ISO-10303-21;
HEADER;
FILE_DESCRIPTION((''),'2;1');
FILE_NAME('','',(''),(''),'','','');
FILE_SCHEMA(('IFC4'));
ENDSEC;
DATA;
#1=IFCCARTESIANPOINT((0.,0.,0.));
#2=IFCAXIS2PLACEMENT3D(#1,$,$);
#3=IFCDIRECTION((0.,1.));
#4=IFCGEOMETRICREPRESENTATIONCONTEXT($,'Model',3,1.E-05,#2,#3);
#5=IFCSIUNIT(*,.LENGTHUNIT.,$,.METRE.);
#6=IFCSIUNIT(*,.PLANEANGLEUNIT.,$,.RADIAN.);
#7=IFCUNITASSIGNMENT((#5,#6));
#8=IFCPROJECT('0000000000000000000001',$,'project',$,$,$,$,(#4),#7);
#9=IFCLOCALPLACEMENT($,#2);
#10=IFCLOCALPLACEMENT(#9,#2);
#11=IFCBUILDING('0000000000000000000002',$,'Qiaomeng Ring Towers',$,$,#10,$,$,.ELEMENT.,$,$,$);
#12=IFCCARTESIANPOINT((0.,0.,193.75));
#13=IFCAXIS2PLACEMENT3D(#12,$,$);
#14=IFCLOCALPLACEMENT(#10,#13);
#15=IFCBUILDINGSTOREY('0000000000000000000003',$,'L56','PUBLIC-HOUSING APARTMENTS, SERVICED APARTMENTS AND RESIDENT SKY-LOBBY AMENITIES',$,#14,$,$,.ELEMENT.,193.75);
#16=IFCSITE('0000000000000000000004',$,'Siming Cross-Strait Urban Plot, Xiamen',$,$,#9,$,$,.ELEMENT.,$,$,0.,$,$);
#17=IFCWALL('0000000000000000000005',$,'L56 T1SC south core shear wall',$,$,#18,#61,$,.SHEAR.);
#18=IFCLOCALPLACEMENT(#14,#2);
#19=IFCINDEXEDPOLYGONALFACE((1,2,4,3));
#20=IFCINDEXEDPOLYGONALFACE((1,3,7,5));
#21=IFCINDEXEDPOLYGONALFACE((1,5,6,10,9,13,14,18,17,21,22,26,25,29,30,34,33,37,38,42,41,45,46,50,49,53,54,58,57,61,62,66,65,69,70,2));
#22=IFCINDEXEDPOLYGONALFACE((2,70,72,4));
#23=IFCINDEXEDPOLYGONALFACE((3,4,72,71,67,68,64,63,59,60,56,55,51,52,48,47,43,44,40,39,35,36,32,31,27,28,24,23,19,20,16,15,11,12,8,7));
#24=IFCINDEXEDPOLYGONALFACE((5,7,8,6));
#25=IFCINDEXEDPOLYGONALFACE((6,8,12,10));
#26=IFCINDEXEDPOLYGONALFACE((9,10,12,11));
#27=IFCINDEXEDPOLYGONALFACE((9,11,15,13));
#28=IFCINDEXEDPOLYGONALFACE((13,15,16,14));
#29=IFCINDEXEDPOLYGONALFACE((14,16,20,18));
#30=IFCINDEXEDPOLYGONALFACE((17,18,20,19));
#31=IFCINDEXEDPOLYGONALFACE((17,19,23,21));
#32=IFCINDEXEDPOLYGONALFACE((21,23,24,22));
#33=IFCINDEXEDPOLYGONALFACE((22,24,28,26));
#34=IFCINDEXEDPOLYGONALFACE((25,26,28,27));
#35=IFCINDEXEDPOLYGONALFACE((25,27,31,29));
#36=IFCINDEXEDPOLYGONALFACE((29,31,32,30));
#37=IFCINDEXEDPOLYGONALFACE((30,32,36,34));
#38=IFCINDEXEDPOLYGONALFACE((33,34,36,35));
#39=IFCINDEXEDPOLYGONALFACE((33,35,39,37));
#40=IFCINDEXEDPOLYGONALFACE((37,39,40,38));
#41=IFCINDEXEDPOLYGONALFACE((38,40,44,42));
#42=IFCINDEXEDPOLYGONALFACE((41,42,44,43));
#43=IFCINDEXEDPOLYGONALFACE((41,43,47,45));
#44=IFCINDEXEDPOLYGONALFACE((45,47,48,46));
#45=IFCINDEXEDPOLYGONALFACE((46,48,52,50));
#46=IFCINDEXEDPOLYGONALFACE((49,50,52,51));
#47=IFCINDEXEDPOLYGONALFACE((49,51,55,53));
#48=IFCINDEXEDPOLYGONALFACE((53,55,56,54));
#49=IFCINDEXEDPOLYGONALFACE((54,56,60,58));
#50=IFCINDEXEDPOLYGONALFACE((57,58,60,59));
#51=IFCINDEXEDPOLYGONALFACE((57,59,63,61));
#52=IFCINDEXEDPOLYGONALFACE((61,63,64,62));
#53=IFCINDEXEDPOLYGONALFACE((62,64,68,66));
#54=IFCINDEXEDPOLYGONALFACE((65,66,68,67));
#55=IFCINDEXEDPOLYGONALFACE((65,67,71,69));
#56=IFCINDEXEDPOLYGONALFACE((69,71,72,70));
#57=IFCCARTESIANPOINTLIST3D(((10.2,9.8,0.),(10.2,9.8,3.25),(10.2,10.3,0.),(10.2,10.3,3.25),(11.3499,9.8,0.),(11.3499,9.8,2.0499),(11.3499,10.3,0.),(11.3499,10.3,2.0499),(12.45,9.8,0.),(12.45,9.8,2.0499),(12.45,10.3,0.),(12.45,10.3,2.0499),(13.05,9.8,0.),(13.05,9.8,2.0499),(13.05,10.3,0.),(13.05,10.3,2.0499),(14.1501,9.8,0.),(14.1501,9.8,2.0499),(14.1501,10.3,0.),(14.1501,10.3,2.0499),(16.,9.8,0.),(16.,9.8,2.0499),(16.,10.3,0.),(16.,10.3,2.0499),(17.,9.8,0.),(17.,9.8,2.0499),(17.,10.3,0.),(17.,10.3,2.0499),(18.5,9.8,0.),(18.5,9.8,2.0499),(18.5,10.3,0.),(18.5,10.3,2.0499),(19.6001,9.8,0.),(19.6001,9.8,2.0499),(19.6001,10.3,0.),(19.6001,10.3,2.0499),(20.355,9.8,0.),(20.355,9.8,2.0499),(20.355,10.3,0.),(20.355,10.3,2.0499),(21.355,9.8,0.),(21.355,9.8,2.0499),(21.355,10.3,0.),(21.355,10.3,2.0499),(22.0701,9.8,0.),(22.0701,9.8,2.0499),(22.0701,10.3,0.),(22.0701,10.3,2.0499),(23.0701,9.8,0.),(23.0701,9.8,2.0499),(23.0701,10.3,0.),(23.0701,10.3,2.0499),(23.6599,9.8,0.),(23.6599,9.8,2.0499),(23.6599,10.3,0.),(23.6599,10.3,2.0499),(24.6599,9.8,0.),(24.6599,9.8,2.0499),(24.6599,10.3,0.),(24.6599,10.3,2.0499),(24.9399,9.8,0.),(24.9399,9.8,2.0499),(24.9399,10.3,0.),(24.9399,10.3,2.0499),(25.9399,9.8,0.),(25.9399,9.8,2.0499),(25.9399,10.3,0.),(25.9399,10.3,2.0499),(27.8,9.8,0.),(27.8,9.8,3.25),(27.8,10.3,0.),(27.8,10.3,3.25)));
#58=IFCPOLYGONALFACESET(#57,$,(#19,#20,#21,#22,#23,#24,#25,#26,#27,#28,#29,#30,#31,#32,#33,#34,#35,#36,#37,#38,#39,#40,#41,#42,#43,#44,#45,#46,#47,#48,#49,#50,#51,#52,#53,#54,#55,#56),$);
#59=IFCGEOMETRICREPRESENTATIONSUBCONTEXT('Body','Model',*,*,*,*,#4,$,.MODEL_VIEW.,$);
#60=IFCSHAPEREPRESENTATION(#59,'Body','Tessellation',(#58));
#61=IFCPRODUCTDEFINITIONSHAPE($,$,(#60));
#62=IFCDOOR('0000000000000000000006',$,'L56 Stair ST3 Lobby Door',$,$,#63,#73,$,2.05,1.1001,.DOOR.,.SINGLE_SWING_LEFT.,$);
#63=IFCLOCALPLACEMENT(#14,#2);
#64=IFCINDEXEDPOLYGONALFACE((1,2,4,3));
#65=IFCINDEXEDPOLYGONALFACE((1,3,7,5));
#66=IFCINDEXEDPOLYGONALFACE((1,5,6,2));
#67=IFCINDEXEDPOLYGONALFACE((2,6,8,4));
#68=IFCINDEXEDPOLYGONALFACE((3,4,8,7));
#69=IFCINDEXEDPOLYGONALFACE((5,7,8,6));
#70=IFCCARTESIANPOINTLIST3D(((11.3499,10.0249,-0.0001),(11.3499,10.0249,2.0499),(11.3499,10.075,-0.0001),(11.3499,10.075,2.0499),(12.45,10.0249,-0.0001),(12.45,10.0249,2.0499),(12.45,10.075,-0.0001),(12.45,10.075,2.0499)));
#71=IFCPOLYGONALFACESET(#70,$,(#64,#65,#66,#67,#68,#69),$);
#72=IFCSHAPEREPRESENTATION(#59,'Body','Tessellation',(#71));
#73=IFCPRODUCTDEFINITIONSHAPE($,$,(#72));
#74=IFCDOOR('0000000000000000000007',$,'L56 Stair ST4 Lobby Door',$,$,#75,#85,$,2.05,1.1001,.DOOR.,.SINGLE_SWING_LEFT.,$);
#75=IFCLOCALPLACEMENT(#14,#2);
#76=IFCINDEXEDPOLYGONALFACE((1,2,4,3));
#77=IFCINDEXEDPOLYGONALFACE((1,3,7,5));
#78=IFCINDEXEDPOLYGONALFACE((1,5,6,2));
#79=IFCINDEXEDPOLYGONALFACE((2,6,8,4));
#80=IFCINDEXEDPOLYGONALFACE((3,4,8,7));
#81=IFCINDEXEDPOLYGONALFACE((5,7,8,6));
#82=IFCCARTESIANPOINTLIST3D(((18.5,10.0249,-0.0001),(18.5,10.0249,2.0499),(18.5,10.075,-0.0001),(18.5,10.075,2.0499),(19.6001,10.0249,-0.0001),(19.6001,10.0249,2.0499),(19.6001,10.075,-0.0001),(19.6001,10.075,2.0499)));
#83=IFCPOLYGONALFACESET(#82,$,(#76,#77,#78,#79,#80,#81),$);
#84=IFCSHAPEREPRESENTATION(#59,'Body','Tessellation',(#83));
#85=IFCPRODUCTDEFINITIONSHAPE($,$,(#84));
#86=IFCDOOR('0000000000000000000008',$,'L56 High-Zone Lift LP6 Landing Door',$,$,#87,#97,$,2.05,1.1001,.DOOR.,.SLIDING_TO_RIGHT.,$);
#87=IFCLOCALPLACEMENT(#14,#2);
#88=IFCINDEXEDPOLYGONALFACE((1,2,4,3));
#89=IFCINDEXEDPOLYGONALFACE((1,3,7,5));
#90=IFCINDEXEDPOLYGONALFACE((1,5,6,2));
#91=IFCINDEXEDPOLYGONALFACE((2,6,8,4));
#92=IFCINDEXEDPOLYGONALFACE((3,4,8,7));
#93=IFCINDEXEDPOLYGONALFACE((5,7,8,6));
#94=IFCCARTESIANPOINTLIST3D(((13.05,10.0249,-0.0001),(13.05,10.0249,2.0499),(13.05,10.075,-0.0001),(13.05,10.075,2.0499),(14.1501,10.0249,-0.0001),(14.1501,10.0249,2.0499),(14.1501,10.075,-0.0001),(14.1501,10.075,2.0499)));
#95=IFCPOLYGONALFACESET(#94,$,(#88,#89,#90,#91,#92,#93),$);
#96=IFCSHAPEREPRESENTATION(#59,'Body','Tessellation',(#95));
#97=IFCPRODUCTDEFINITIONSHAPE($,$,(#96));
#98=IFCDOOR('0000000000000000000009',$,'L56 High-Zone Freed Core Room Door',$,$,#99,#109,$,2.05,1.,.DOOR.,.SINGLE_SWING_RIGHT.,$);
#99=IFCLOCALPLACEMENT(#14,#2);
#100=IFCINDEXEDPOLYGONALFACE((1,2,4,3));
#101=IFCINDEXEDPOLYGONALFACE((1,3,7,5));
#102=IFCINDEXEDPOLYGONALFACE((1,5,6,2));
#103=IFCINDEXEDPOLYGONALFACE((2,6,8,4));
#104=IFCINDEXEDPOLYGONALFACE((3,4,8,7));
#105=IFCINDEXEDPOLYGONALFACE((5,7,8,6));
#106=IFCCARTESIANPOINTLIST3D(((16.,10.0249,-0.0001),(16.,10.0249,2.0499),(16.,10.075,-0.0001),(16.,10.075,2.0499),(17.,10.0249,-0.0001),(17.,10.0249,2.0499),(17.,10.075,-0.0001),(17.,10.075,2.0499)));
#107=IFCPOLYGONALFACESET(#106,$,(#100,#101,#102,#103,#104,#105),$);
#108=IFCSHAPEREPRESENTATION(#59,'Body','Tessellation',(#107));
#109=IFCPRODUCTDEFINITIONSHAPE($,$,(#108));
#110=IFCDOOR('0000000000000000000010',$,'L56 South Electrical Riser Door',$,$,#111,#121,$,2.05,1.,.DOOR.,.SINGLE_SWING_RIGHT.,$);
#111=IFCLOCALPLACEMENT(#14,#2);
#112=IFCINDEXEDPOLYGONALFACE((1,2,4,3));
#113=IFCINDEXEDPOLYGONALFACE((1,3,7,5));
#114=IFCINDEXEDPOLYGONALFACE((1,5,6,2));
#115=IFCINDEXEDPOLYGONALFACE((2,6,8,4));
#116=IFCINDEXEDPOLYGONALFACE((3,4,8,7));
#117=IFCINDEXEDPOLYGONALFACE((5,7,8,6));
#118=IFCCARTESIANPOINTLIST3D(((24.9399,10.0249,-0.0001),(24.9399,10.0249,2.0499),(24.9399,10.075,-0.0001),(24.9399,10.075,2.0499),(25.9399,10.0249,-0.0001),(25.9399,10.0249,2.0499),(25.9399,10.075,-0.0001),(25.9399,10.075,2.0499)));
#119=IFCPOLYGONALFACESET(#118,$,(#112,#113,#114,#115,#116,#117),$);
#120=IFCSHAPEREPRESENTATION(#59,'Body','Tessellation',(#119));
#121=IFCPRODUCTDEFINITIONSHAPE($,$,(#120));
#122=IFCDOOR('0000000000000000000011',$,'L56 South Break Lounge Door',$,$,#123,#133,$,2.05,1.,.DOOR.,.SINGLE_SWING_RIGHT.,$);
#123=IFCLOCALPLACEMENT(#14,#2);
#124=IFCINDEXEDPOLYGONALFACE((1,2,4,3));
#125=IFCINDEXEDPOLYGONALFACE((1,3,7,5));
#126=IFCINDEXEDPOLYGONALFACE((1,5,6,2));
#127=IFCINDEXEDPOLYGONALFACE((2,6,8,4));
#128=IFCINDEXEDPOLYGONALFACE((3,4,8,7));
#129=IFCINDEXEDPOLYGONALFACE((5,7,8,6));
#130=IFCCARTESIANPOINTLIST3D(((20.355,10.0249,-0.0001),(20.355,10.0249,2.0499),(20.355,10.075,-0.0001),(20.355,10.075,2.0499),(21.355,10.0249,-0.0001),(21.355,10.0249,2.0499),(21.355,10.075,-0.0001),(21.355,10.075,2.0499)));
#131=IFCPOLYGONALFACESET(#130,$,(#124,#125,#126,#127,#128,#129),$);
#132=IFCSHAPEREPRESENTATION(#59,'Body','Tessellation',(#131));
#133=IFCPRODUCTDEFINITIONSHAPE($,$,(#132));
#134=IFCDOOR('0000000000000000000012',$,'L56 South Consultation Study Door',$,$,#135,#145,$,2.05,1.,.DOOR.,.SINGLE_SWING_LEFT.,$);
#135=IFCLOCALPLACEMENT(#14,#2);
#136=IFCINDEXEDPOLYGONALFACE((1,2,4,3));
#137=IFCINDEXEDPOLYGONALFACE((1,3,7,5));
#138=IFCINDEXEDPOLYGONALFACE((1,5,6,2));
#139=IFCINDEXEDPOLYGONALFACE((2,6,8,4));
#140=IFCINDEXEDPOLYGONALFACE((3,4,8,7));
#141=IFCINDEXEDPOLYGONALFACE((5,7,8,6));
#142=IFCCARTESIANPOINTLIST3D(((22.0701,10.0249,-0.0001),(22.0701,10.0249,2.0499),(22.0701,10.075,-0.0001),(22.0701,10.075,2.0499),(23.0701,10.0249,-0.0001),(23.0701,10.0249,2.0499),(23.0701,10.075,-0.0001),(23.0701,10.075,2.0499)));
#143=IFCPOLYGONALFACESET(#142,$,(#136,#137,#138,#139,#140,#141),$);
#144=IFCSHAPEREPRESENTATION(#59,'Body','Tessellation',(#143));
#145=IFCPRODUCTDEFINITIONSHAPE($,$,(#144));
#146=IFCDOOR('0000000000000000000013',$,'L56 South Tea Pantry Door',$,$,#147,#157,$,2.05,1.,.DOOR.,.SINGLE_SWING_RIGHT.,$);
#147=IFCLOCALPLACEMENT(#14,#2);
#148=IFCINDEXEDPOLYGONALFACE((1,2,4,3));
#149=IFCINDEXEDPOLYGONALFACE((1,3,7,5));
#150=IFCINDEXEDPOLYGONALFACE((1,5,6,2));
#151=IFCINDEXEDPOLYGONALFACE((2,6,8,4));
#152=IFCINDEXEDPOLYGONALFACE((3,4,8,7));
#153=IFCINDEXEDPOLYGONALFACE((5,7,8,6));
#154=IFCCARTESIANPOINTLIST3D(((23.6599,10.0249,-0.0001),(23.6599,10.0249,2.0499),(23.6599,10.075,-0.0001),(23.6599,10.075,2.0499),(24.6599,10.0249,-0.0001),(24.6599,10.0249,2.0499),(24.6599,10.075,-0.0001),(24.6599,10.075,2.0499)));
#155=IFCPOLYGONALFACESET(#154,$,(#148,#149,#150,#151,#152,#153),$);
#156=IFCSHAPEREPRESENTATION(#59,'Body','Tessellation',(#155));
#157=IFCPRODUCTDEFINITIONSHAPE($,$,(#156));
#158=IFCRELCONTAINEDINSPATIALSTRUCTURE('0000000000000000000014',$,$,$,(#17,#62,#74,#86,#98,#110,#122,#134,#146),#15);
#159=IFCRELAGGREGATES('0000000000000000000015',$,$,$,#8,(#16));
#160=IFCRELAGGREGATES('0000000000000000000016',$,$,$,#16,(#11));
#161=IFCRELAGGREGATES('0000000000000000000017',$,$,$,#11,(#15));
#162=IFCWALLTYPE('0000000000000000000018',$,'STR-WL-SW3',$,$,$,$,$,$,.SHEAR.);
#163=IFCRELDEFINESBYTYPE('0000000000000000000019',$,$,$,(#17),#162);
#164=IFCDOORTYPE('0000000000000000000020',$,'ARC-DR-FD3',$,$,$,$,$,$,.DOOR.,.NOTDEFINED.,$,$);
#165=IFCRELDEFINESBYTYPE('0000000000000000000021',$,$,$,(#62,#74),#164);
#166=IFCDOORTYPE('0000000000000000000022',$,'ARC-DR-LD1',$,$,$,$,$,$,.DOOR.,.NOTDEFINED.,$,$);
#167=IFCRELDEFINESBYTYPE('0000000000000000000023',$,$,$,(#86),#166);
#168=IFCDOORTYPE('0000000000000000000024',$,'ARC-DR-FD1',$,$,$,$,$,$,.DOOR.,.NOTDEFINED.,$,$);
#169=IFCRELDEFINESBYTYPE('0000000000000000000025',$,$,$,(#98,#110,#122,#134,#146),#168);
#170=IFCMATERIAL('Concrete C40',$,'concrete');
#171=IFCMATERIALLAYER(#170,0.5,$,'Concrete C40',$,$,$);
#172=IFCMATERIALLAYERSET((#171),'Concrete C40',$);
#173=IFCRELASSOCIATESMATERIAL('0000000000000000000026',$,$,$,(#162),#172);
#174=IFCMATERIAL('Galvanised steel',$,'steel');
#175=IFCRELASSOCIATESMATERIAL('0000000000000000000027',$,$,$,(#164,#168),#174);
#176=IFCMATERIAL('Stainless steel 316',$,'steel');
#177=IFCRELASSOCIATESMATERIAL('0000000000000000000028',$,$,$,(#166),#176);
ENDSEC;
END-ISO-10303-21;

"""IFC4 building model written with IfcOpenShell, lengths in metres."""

from ifc_helpers import new_model, si_unit, direction, frame, frame_2d, origin, place, context, subcontext, project, spatial, rectangle, extrude, source, transform, mapped, material, layer, layer_set, type_object, element, fill, save


model = new_model("IFC4")

# Units and contexts
model_context = context("Model", 3, precision=1e-05, world=origin(), true_north=direction((0.0, 1.0)))
body_context = subcontext(model_context, "Body", "Model", "MODEL_VIEW")
ifc_project = project(units=[si_unit("LENGTHUNIT", "METRE"), si_unit("PLANEANGLEUNIT", "RADIAN")], contexts=[model_context])

# Site, building, storey
site_placement = place(None, origin())
site = spatial("IfcSite", under=ifc_project, at=site_placement, Name="Siming Cross-Strait Urban Plot, Xiamen", CompositionType="ELEMENT", RefElevation=0.0)
building_placement = place(site_placement, origin())
building = spatial("IfcBuilding", under=site, at=building_placement, Name="Qiaomeng Ring Towers", CompositionType="ELEMENT")
storey_placement = place(building_placement, frame((0.0, 0.0, 193.75)))
storey = spatial("IfcBuildingStorey", under=building, at=storey_placement, Name="L56", Description="PUBLIC-HOUSING APARTMENTS, SERVICED APARTMENTS AND RESIDENT SKY-LOBBY AMENITIES", CompositionType="ELEMENT", Elevation=193.75)

# Shared definitions
shared_shape_1 = source(origin(), body_context, "Body", "SweptSolid", [
    extrude(rectangle(XDim=1.0, YDim=2.05, at=frame_2d((0.5, 1.0249))), frame((0.0, 0.0249, 0.0), z_axis=(0.0, -1.0, 0.0), x_axis=(1.0, 0.0, 0.0)), (0.0, 0.0, 1.0), 0.05),
])

# Shared definitions
ifc_material_1 = material(Name="Concrete C40", Category="concrete")

# Wall, openings, doors
ifc_layer_1 = layer(ifc_material_1, 0.5, Name="Concrete C40")
ifc_layer_set_1 = layer_set([ifc_layer_1], Name="Concrete C40")
wall_type_1 = type_object("IfcWallType", Name="STR-WL-SW3", PredefinedType="SHEAR", material=ifc_layer_set_1)
wall_1_placement = place(storey_placement, frame((10.2, 10.05, 0.0), z_axis=(0.0, 0.0, 1.0), x_axis=(1.0, 0.0, 0.0)))
wall_1 = element("IfcWall", 1, at=wall_1_placement, inside=storey, type_object=wall_type_1, Name="L56 T1SC south core shear wall", PredefinedType="SHEAR", context=body_context, shape_type="SweptSolid", body=[
    extrude(rectangle(XDim=17.6001, YDim=0.5, at=frame_2d((8.8, 0.0))), origin(), (0.0, 0.0, 1.0), 3.25),
])
opening_1_placement = place(wall_1_placement, frame((1.1499, 0.0, 0.0)))
opening_1 = element("IfcOpeningElement", 2, at=opening_1_placement, cuts=wall_1, PredefinedType="OPENING", context=body_context, shape_type="SweptSolid", body=[
    extrude(rectangle(XDim=1.1001, YDim=2.05, at=frame_2d((0.55, 1.0249))), frame((0.0, 0.26, 0.0), z_axis=(0.0, -1.0, 0.0), x_axis=(1.0, 0.0, 0.0)), (0.0, 0.0, 1.0), 0.52),
])
opening_2_placement = place(wall_1_placement, frame((8.3, 0.0, 0.0)))
opening_2 = element("IfcOpeningElement", 3, at=opening_2_placement, cuts=wall_1, PredefinedType="OPENING", context=body_context, shape_type="SweptSolid", body=[
    extrude(rectangle(XDim=1.1001, YDim=2.05, at=frame_2d((0.55, 1.0249))), frame((0.0, 0.26, 0.0), z_axis=(0.0, -1.0, 0.0), x_axis=(1.0, 0.0, 0.0)), (0.0, 0.0, 1.0), 0.52),
])
opening_3_placement = place(wall_1_placement, frame((2.8501, 0.0, 0.0)))
opening_3 = element("IfcOpeningElement", 4, at=opening_3_placement, cuts=wall_1, PredefinedType="OPENING", context=body_context, shape_type="SweptSolid", body=[
    extrude(rectangle(XDim=1.1001, YDim=2.05, at=frame_2d((0.55, 1.0249))), frame((0.0, 0.26, 0.0), z_axis=(0.0, -1.0, 0.0), x_axis=(1.0, 0.0, 0.0)), (0.0, 0.0, 1.0), 0.52),
])
opening_4_placement = place(wall_1_placement, frame((5.8, 0.0, 0.0)))
opening_4 = element("IfcOpeningElement", 5, at=opening_4_placement, cuts=wall_1, PredefinedType="OPENING", context=body_context, shape_type="SweptSolid", body=[
    extrude(rectangle(XDim=1.0, YDim=2.05, at=frame_2d((0.5, 1.0249))), frame((0.0, 0.26, 0.0), z_axis=(0.0, -1.0, 0.0), x_axis=(1.0, 0.0, 0.0)), (0.0, 0.0, 1.0), 0.52),
])
opening_5_placement = place(wall_1_placement, frame((14.74, 0.0, 0.0)))
opening_5 = element("IfcOpeningElement", 6, at=opening_5_placement, cuts=wall_1, PredefinedType="OPENING", context=body_context, shape_type="SweptSolid", body=[
    extrude(rectangle(XDim=1.0, YDim=2.05, at=frame_2d((0.5, 1.0249))), frame((0.0, 0.26, 0.0), z_axis=(0.0, -1.0, 0.0), x_axis=(1.0, 0.0, 0.0)), (0.0, 0.0, 1.0), 0.52),
])
opening_6_placement = place(wall_1_placement, frame((10.155, 0.0, 0.0)))
opening_6 = element("IfcOpeningElement", 7, at=opening_6_placement, cuts=wall_1, PredefinedType="OPENING", context=body_context, shape_type="SweptSolid", body=[
    extrude(rectangle(XDim=1.0, YDim=2.05, at=frame_2d((0.5, 1.0249))), frame((0.0, 0.26, 0.0), z_axis=(0.0, -1.0, 0.0), x_axis=(1.0, 0.0, 0.0)), (0.0, 0.0, 1.0), 0.52),
])
opening_7_placement = place(wall_1_placement, frame((11.8701, 0.0, 0.0)))
opening_7 = element("IfcOpeningElement", 8, at=opening_7_placement, cuts=wall_1, PredefinedType="OPENING", context=body_context, shape_type="SweptSolid", body=[
    extrude(rectangle(XDim=1.0, YDim=2.05, at=frame_2d((0.5, 1.0249))), frame((0.0, 0.26, 0.0), z_axis=(0.0, -1.0, 0.0), x_axis=(1.0, 0.0, 0.0)), (0.0, 0.0, 1.0), 0.52),
])
opening_8_placement = place(wall_1_placement, frame((13.46, 0.0, 0.0)))
opening_8 = element("IfcOpeningElement", 9, at=opening_8_placement, cuts=wall_1, PredefinedType="OPENING", context=body_context, shape_type="SweptSolid", body=[
    extrude(rectangle(XDim=1.0, YDim=2.05, at=frame_2d((0.5, 1.0249))), frame((0.0, 0.26, 0.0), z_axis=(0.0, -1.0, 0.0), x_axis=(1.0, 0.0, 0.0)), (0.0, 0.0, 1.0), 0.52),
])
ifc_material_2 = material(Name="Galvanised steel", Category="steel")
door_type_1 = type_object("IfcDoorType", Name="ARC-DR-FD3", OperationType="NOTDEFINED", PredefinedType="DOOR", material=ifc_material_2)
shared_shape_2 = source(origin(), body_context, "Body", "SweptSolid", [
    extrude(rectangle(XDim=1.1001, YDim=2.05, at=frame_2d((0.55, 1.0249))), frame((0.0, 0.0249, 0.0), z_axis=(0.0, -1.0, 0.0), x_axis=(1.0, 0.0, 0.0)), (0.0, 0.0, 1.0), 0.05),
])
door_1_placement = place(opening_1_placement, origin())
door_1 = element("IfcDoor", 10, at=door_1_placement, inside=storey, type_object=door_type_1, Name="L56 Stair ST3 Lobby Door", OperationType="SINGLE_SWING_LEFT", OverallHeight=2.05, OverallWidth=1.1001, PredefinedType="DOOR", context=body_context, shape_type="MappedRepresentation", body=[
    mapped(shared_shape_2, transform((0.0, 0.0, 0.0), x_axis=(1.0, 0.0, 0.0), y_axis=(0.0, 1.0, 0.0), z_axis=(0.0, 0.0, 1.0), scale=1.0)),
])
fill(opening_1, door_1)
door_2_placement = place(opening_2_placement, origin())
door_2 = element("IfcDoor", 11, at=door_2_placement, inside=storey, type_object=door_type_1, Name="L56 Stair ST4 Lobby Door", OperationType="SINGLE_SWING_LEFT", OverallHeight=2.05, OverallWidth=1.1001, PredefinedType="DOOR", context=body_context, shape_type="MappedRepresentation", body=[
    mapped(shared_shape_2, transform((0.0, 0.0, 0.0), x_axis=(1.0, 0.0, 0.0), y_axis=(0.0, 1.0, 0.0), z_axis=(0.0, 0.0, 1.0), scale=1.0)),
])
fill(opening_2, door_2)
ifc_material_3 = material(Name="Stainless steel 316", Category="steel")
door_type_2 = type_object("IfcDoorType", Name="ARC-DR-LD1", OperationType="NOTDEFINED", PredefinedType="DOOR", material=ifc_material_3)
door_3_placement = place(opening_3_placement, origin())
door_3 = element("IfcDoor", 12, at=door_3_placement, inside=storey, type_object=door_type_2, Name="L56 High-Zone Lift LP6 Landing Door", OperationType="SLIDING_TO_RIGHT", OverallHeight=2.05, OverallWidth=1.1001, PredefinedType="DOOR", context=body_context, shape_type="MappedRepresentation", body=[
    mapped(shared_shape_2, transform((0.0, 0.0, 0.0), x_axis=(1.0, 0.0, 0.0), y_axis=(0.0, 1.0, 0.0), z_axis=(0.0, 0.0, 1.0), scale=1.0)),
])
fill(opening_3, door_3)
door_type_3 = type_object("IfcDoorType", Name="ARC-DR-FD1", OperationType="NOTDEFINED", PredefinedType="DOOR", material=ifc_material_2)
door_4_placement = place(opening_4_placement, origin())
door_4 = element("IfcDoor", 13, at=door_4_placement, inside=storey, type_object=door_type_3, Name="L56 High-Zone Freed Core Room Door", OperationType="SINGLE_SWING_RIGHT", OverallHeight=2.05, OverallWidth=1.0, PredefinedType="DOOR", context=body_context, shape_type="MappedRepresentation", body=[
    mapped(shared_shape_1, transform((0.0, 0.0, 0.0), x_axis=(1.0, 0.0, 0.0), y_axis=(0.0, 1.0, 0.0), z_axis=(0.0, 0.0, 1.0), scale=1.0)),
])
fill(opening_4, door_4)
door_5_placement = place(opening_5_placement, origin())
door_5 = element("IfcDoor", 14, at=door_5_placement, inside=storey, type_object=door_type_3, Name="L56 South Electrical Riser Door", OperationType="SINGLE_SWING_RIGHT", OverallHeight=2.05, OverallWidth=1.0, PredefinedType="DOOR", context=body_context, shape_type="MappedRepresentation", body=[
    mapped(shared_shape_1, transform((0.0, 0.0, 0.0), x_axis=(1.0, 0.0, 0.0), y_axis=(0.0, 1.0, 0.0), z_axis=(0.0, 0.0, 1.0), scale=1.0)),
])
fill(opening_5, door_5)
door_6_placement = place(opening_6_placement, origin())
door_6 = element("IfcDoor", 15, at=door_6_placement, inside=storey, type_object=door_type_3, Name="L56 South Break Lounge Door", OperationType="SINGLE_SWING_RIGHT", OverallHeight=2.05, OverallWidth=1.0, PredefinedType="DOOR", context=body_context, shape_type="MappedRepresentation", body=[
    mapped(shared_shape_1, transform((0.0, 0.0, 0.0), x_axis=(1.0, 0.0, 0.0), y_axis=(0.0, 1.0, 0.0), z_axis=(0.0, 0.0, 1.0), scale=1.0)),
])
fill(opening_6, door_6)
door_7_placement = place(opening_7_placement, origin())
door_7 = element("IfcDoor", 16, at=door_7_placement, inside=storey, type_object=door_type_3, Name="L56 South Consultation Study Door", OperationType="SINGLE_SWING_LEFT", OverallHeight=2.05, OverallWidth=1.0, PredefinedType="DOOR", context=body_context, shape_type="MappedRepresentation", body=[
    mapped(shared_shape_1, transform((0.0, 0.0, 0.0), x_axis=(1.0, 0.0, 0.0), y_axis=(0.0, 1.0, 0.0), z_axis=(0.0, 0.0, 1.0), scale=1.0)),
])
fill(opening_7, door_7)
door_8_placement = place(opening_8_placement, origin())
door_8 = element("IfcDoor", 17, at=door_8_placement, inside=storey, type_object=door_type_3, Name="L56 South Tea Pantry Door", OperationType="SINGLE_SWING_RIGHT", OverallHeight=2.05, OverallWidth=1.0, PredefinedType="DOOR", context=body_context, shape_type="MappedRepresentation", body=[
    mapped(shared_shape_1, transform((0.0, 0.0, 0.0), x_axis=(1.0, 0.0, 0.0), y_axis=(0.0, 1.0, 0.0), z_axis=(0.0, 0.0, 1.0), scale=1.0)),
])
fill(opening_8, door_8)

save(model, "model.ifc")
